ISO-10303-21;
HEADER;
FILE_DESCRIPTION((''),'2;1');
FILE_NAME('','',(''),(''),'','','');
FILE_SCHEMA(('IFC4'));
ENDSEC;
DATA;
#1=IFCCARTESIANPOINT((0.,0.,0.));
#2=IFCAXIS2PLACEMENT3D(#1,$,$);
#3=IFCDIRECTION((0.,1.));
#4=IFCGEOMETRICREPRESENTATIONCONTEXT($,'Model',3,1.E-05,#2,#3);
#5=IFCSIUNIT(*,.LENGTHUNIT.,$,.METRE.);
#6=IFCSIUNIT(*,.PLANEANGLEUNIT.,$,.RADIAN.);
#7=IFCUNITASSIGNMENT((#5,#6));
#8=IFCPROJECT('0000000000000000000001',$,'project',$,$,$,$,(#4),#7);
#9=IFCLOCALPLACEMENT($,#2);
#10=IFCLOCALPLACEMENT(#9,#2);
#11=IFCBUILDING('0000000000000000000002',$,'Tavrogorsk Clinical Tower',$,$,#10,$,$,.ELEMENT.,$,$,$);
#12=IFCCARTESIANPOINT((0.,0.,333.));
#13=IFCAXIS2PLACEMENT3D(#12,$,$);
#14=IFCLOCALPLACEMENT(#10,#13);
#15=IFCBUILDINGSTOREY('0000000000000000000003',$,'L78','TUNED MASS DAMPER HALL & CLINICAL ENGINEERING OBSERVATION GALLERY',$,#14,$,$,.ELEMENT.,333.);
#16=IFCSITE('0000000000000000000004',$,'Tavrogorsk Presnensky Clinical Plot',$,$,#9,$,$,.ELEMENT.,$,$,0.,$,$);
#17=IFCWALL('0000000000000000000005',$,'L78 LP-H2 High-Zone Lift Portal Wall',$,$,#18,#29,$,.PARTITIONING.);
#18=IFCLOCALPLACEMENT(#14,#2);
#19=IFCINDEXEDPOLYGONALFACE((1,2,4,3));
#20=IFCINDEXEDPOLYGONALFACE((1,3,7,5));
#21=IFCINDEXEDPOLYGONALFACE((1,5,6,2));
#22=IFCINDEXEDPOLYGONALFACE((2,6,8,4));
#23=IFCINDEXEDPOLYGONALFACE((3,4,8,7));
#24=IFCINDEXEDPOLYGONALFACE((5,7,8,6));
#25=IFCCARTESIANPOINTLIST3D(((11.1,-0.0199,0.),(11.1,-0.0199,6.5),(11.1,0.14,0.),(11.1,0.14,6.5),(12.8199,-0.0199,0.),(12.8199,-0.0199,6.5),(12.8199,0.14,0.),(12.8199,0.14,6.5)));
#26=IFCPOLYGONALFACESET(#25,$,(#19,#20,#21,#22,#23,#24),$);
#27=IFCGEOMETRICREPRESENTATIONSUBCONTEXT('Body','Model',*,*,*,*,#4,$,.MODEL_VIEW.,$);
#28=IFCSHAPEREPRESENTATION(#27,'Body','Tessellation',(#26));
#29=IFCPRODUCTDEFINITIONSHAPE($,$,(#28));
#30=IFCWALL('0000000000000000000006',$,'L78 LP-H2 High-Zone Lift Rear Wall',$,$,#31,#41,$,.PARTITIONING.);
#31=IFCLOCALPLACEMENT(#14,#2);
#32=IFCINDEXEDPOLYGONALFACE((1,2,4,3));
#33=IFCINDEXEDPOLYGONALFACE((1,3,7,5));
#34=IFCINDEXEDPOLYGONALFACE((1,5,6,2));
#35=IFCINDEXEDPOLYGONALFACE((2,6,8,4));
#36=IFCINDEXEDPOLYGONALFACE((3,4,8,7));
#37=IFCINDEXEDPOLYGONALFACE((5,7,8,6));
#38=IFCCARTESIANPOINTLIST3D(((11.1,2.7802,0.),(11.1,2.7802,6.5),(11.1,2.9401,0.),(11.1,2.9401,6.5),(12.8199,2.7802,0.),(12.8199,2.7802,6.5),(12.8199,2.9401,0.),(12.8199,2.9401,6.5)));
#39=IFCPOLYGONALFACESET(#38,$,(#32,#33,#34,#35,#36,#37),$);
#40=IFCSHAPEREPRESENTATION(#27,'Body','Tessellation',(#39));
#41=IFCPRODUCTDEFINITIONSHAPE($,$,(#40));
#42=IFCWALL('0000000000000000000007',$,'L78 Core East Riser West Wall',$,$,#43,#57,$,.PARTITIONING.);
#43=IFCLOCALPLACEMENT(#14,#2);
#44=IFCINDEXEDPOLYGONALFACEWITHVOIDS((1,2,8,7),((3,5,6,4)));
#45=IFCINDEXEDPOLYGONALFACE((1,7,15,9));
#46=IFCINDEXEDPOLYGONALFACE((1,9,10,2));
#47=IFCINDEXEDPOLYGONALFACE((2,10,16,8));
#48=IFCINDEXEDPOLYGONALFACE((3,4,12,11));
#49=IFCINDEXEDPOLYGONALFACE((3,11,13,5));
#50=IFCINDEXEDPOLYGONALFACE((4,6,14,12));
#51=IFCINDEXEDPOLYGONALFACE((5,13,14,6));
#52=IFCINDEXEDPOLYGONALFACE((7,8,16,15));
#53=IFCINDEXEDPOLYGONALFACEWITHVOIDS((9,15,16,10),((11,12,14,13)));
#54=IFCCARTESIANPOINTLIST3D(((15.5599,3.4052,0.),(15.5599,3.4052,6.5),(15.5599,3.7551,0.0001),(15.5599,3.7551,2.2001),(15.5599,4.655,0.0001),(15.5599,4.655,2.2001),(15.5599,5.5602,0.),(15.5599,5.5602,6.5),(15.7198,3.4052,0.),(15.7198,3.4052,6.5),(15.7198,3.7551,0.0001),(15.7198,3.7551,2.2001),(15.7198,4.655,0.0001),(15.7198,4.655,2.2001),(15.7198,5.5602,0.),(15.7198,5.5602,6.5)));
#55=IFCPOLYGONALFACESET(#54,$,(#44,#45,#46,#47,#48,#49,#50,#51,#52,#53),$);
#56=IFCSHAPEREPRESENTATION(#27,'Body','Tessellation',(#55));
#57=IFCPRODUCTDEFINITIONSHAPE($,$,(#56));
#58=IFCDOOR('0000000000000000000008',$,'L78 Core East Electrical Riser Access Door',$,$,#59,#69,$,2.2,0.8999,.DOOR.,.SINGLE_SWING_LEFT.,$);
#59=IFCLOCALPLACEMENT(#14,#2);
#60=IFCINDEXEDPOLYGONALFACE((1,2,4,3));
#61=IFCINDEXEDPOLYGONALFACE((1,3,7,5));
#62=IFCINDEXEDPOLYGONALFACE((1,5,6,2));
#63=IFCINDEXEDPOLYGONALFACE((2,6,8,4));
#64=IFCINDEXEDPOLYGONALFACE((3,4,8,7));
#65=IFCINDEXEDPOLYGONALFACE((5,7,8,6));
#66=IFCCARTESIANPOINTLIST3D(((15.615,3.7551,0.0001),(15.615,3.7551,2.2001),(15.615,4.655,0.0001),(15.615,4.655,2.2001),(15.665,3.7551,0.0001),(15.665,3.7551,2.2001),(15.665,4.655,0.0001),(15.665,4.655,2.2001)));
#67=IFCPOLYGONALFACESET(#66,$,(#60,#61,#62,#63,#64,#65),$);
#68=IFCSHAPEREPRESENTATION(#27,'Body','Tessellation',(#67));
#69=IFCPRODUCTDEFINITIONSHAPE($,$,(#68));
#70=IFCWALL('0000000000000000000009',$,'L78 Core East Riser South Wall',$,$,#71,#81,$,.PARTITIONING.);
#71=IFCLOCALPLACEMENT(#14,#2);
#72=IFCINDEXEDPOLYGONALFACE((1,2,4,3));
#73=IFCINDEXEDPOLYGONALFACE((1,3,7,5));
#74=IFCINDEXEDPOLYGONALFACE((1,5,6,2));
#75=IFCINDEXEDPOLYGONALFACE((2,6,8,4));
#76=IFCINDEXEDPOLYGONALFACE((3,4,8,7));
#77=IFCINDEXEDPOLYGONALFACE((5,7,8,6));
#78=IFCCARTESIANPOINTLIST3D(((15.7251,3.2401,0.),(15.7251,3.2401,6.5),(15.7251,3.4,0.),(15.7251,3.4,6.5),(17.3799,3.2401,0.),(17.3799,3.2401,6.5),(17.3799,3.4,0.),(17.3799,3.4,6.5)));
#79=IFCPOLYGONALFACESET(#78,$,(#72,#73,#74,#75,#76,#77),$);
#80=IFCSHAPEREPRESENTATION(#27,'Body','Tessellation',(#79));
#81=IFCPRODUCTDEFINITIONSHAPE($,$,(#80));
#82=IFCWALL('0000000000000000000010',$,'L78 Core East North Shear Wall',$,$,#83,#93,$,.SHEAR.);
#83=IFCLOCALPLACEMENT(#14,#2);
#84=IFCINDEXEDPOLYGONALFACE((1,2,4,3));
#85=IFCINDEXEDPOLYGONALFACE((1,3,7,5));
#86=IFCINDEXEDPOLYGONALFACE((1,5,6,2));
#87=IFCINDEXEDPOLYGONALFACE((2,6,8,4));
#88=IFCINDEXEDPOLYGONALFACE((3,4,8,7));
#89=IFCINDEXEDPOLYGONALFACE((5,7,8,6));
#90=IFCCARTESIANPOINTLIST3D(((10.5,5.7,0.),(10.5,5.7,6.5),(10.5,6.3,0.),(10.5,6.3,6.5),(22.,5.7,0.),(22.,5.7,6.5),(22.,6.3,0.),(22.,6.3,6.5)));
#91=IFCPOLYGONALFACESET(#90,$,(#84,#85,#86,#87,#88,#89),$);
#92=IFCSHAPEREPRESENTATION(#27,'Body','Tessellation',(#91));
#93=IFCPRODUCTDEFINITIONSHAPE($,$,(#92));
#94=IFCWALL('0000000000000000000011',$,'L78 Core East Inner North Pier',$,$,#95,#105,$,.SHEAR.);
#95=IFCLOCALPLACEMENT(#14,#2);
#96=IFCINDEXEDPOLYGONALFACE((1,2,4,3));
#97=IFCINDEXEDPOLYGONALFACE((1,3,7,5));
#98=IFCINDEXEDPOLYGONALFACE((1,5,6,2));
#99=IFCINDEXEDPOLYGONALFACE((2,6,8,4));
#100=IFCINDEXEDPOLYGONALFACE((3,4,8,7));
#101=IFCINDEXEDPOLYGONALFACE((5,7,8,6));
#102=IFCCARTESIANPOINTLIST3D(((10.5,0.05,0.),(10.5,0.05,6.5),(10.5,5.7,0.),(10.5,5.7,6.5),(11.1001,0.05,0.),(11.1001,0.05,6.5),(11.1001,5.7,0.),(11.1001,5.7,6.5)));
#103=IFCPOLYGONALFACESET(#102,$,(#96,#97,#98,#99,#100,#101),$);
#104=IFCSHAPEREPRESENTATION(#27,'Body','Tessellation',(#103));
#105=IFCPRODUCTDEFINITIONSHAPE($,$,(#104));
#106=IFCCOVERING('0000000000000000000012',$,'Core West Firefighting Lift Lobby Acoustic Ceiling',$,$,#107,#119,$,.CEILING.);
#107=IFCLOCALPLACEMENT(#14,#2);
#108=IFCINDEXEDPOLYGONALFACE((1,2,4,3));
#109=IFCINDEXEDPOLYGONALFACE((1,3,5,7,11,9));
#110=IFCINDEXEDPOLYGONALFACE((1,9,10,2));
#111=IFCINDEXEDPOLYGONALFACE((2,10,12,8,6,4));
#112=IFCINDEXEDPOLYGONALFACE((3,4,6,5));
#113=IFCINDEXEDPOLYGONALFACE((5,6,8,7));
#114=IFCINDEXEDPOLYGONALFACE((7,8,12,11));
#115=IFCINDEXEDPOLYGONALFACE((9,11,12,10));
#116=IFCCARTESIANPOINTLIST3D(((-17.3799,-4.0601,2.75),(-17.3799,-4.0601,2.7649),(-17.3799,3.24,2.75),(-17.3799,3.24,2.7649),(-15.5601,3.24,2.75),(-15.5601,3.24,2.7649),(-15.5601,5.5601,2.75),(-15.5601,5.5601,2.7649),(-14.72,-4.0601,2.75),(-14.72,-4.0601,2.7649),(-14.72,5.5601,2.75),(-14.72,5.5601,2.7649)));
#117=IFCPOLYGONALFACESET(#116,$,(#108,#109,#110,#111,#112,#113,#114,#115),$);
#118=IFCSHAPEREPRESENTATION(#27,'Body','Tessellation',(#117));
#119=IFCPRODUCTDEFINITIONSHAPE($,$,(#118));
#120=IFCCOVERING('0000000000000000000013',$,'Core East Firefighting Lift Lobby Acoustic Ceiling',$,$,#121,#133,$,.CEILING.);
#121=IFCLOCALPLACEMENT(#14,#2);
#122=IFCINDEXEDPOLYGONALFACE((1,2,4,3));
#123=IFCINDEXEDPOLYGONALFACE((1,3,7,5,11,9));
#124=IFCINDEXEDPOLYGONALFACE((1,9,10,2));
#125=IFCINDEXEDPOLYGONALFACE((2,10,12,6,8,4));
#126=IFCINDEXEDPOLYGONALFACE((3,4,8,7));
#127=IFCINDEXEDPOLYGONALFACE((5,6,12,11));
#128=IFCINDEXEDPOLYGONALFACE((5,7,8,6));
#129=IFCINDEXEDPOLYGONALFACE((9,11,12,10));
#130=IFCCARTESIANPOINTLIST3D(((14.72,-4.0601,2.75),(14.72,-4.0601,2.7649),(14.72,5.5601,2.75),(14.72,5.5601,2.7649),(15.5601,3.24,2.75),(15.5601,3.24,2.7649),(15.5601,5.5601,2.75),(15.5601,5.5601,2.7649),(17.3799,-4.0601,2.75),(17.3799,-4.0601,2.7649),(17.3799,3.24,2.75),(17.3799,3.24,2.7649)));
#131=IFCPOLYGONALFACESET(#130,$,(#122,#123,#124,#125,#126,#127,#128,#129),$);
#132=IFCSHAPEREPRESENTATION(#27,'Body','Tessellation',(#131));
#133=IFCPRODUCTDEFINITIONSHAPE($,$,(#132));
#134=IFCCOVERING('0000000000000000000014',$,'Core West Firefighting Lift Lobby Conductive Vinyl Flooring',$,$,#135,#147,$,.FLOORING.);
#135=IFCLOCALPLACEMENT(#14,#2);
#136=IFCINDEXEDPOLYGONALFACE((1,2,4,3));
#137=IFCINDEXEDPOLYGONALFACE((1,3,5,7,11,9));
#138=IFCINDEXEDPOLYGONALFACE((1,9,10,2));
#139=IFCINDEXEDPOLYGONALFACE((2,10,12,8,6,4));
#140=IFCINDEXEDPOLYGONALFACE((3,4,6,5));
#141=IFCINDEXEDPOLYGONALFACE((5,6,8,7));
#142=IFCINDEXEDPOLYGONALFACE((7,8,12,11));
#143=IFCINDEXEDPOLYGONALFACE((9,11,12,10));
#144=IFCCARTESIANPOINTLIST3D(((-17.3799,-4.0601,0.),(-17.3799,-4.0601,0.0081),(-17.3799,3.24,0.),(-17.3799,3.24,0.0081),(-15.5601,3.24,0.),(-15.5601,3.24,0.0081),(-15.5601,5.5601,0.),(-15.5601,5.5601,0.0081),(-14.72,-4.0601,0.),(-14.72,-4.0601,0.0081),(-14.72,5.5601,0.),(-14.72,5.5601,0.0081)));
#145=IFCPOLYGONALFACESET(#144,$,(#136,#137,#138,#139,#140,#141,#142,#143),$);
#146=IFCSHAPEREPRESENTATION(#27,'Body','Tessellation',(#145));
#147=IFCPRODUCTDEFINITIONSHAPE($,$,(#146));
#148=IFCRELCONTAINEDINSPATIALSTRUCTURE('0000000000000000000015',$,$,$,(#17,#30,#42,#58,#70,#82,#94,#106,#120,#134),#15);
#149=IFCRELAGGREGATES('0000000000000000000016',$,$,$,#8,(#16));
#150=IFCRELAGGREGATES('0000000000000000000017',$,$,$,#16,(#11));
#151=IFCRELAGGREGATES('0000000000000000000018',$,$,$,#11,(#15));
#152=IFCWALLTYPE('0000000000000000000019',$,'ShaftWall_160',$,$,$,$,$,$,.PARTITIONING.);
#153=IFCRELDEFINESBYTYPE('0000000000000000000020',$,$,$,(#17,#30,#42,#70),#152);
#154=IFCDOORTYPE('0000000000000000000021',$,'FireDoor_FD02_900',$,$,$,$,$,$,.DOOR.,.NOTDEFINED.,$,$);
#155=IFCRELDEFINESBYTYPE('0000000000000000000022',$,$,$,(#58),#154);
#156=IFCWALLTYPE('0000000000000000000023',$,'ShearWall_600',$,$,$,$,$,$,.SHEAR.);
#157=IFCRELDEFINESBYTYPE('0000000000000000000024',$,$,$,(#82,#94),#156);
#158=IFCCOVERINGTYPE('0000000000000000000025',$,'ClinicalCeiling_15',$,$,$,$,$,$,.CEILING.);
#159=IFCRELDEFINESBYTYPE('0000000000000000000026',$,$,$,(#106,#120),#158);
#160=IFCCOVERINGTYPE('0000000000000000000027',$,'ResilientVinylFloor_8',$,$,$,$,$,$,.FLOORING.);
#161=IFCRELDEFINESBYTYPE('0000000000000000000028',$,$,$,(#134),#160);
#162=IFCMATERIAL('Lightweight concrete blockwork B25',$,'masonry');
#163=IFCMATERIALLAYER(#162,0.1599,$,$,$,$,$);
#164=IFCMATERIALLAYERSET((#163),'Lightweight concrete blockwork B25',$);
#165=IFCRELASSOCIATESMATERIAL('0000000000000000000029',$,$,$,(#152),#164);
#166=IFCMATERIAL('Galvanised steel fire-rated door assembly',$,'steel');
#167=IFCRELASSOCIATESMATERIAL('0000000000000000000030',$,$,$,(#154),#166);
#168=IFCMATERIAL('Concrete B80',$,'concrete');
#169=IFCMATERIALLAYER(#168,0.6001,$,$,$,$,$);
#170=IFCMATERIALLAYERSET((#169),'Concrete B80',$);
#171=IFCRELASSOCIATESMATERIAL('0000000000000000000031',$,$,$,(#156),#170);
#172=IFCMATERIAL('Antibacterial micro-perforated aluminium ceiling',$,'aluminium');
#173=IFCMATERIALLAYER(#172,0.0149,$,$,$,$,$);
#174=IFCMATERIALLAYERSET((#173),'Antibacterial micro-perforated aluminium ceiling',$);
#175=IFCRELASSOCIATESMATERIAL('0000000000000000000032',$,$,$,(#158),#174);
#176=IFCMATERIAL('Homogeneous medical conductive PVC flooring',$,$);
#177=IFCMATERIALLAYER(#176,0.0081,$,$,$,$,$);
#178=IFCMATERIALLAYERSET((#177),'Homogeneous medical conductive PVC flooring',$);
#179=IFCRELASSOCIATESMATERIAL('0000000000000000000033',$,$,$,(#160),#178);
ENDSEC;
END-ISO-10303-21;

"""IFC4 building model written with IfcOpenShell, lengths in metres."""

from ifc_helpers import new_model, si_unit, direction, frame, frame_2d, origin, place, context, subcontext, project, spatial, polyline, rectangle, outline, extrude, material, layer, layer_set, type_object, element, fill, save


model = new_model("IFC4")

# Units and contexts
model_context = context("Model", 3, precision=1e-05, world=origin(), true_north=direction((0.0, 1.0)))
body_context = subcontext(model_context, "Body", "Model", "MODEL_VIEW")
ifc_project = project(units=[si_unit("LENGTHUNIT", "METRE"), si_unit("PLANEANGLEUNIT", "RADIAN")], contexts=[model_context])

# Site, building, storey
site_placement = place(None, origin())
site = spatial("IfcSite", under=ifc_project, at=site_placement, Name="Tavrogorsk Presnensky Clinical Plot", CompositionType="ELEMENT", RefElevation=0.0)
building_placement = place(site_placement, origin())
building = spatial("IfcBuilding", under=site, at=building_placement, Name="Tavrogorsk Clinical Tower", CompositionType="ELEMENT")
storey_placement = place(building_placement, frame((0.0, 0.0, 333.0)))
storey = spatial("IfcBuildingStorey", under=building, at=storey_placement, Name="L78", Description="TUNED MASS DAMPER HALL & CLINICAL ENGINEERING OBSERVATION GALLERY", CompositionType="ELEMENT", Elevation=333.0)

# Shared definitions
ifc_material_1 = material(Name="Lightweight concrete blockwork B25", Category="masonry")
ifc_layer_1 = layer(ifc_material_1, 0.1599)
ifc_layer_set_1 = layer_set([ifc_layer_1], Name="Lightweight concrete blockwork B25")
wall_type_1 = type_object("IfcWallType", Name="ShaftWall_160", PredefinedType="PARTITIONING", material=ifc_layer_set_1)

# Walls
for number, where, z_axis, x_axis, name in (
    (1, (11.1001, 0.0601, 0.0), (0.0, 0.0, 1.0), (1.0, 0.0, 0.0), "L78 LP-H2 High-Zone Lift Portal Wall"),
    (2, (11.1001, 2.8601, 0.0), (0.0, 0.0, 1.0), (1.0, 0.0, 0.0), "L78 LP-H2 High-Zone Lift Rear Wall"),
):
    element("IfcWall", number, at=place(storey_placement, frame(where, z_axis=z_axis, x_axis=x_axis)), inside=storey, type_object=wall_type_1, Name=name, PredefinedType="PARTITIONING", context=body_context, shape_type="SweptSolid", body=[
        extrude(rectangle(XDim=1.72, YDim=0.1599, at=frame_2d((0.8599, 0.0))), origin(), (0.0, 0.0, 1.0), 6.5),
    ])

# Wall, opening, door
wall_1_placement = place(storey_placement, frame((15.6399, 3.405, 0.0), z_axis=(0.0, 0.0, 1.0), x_axis=(0.0, 1.0, 0.0)))
wall_1 = element("IfcWall", 3, at=wall_1_placement, inside=storey, type_object=wall_type_1, Name="L78 Core East Riser West Wall", PredefinedType="PARTITIONING", context=body_context, shape_type="SweptSolid", body=[
    extrude(rectangle(XDim=2.155, YDim=0.1599, at=frame_2d((1.0776, 0.0))), origin(), (0.0, 0.0, 1.0), 6.5),
])
opening_1_placement = place(wall_1_placement, frame((0.3501, 0.0, 0.0)))
opening_1 = element("IfcOpeningElement", 4, at=opening_1_placement, cuts=wall_1, PredefinedType="OPENING", context=body_context, shape_type="SweptSolid", body=[
    extrude(rectangle(XDim=0.8999, YDim=2.2, at=frame_2d((0.45, 1.1001))), frame((0.0, 0.0898, 0.0), z_axis=(0.0, -1.0, 0.0), x_axis=(1.0, 0.0, 0.0)), (0.0, 0.0, 1.0), 0.1799),
])
ifc_material_2 = material(Name="Galvanised steel fire-rated door assembly", Category="steel")
door_type_1 = type_object("IfcDoorType", Name="FireDoor_FD02_900", OperationType="NOTDEFINED", PredefinedType="DOOR", material=ifc_material_2)
door_1_placement = place(opening_1_placement, origin())
door_1 = element("IfcDoor", 5, at=door_1_placement, inside=storey, type_object=door_type_1, Name="L78 Core East Electrical Riser Access Door", OperationType="SINGLE_SWING_LEFT", OverallHeight=2.2, OverallWidth=0.8999, PredefinedType="DOOR", context=body_context, shape_type="SweptSolid", body=[
    extrude(rectangle(XDim=0.8999, YDim=2.2, at=frame_2d((0.45, 1.1001))), frame((0.0, 0.0249, 0.0), z_axis=(0.0, -1.0, 0.0), x_axis=(1.0, 0.0, 0.0)), (0.0, 0.0, 1.0), 0.05),
])
fill(opening_1, door_1)

# Walls
wall_2_placement = place(storey_placement, frame((15.7251, 3.3201, 0.0), z_axis=(0.0, 0.0, 1.0), x_axis=(1.0, 0.0, 0.0)))
element("IfcWall", 6, at=wall_2_placement, inside=storey, type_object=wall_type_1, Name="L78 Core East Riser South Wall", PredefinedType="PARTITIONING", context=body_context, shape_type="SweptSolid", body=[
    extrude(rectangle(XDim=1.6548, YDim=0.1599, at=frame_2d((0.8274, 0.0))), origin(), (0.0, 0.0, 1.0), 6.5),
])
ifc_material_3 = material(Name="Concrete B80", Category="concrete")
ifc_layer_2 = layer(ifc_material_3, 0.6001)
ifc_layer_set_2 = layer_set([ifc_layer_2], Name="Concrete B80")
wall_type_2 = type_object("IfcWallType", Name="ShearWall_600", PredefinedType="SHEAR", material=ifc_layer_set_2)
wall_3_placement = place(storey_placement, frame((10.5, 6.0, 0.0), z_axis=(0.0, 0.0, 1.0), x_axis=(1.0, 0.0, 0.0)))
element("IfcWall", 7, at=wall_3_placement, inside=storey, type_object=wall_type_2, Name="L78 Core East North Shear Wall", PredefinedType="SHEAR", context=body_context, shape_type="SweptSolid", body=[
    extrude(rectangle(XDim=11.5, YDim=0.6001, at=frame_2d((5.75, 0.0))), origin(), (0.0, 0.0, 1.0), 6.5),
])
wall_4_placement = place(storey_placement, frame((10.8, 0.05, 0.0), z_axis=(0.0, 0.0, 1.0), x_axis=(0.0, 1.0, 0.0)))
element("IfcWall", 8, at=wall_4_placement, inside=storey, type_object=wall_type_2, Name="L78 Core East Inner North Pier", PredefinedType="SHEAR", context=body_context, shape_type="SweptSolid", body=[
    extrude(rectangle(XDim=5.6499, YDim=0.6001, at=frame_2d((2.825, 0.0))), origin(), (0.0, 0.0, 1.0), 6.5),
])

# Coverings
ifc_material_4 = material(Name="Antibacterial micro-perforated aluminium ceiling", Category="aluminium")
ifc_layer_3 = layer(ifc_material_4, 0.0149)
ifc_layer_set_3 = layer_set([ifc_layer_3], Name="Antibacterial micro-perforated aluminium ceiling")
covering_type_1 = type_object("IfcCoveringType", Name="ClinicalCeiling_15", PredefinedType="CEILING", material=ifc_layer_set_3)
covering_1_placement = place(storey_placement, frame((0.0, 0.0, 2.75)))
element("IfcCovering", 9, at=covering_1_placement, inside=storey, type_object=covering_type_1, Name="Core West Firefighting Lift Lobby Acoustic Ceiling", PredefinedType="CEILING", context=body_context, shape_type="SweptSolid", body=[
    extrude(outline(polyline([(-14.72, 5.5601), (-14.72, -4.0601), (-17.3799, -4.0601), (-17.3799, 3.24), (-15.5601, 3.24), (-15.5601, 5.5601), (-14.72, 5.5601)])), origin(), (0.0, 0.0, 1.0), 0.0149),
])
covering_2_placement = place(storey_placement, frame((0.0, 0.0, 2.75)))
element("IfcCovering", 10, at=covering_2_placement, inside=storey, type_object=covering_type_1, Name="Core East Firefighting Lift Lobby Acoustic Ceiling", PredefinedType="CEILING", context=body_context, shape_type="SweptSolid", body=[
    extrude(outline(polyline([(17.3799, -4.0601), (14.72, -4.0601), (14.72, 5.5601), (15.5601, 5.5601), (15.5601, 3.24), (17.3799, 3.24), (17.3799, -4.0601)])), origin(), (0.0, 0.0, 1.0), 0.0149),
])
ifc_material_5 = material(Name="Homogeneous medical conductive PVC flooring")
ifc_layer_4 = layer(ifc_material_5, 0.0081)
ifc_layer_set_4 = layer_set([ifc_layer_4], Name="Homogeneous medical conductive PVC flooring")
covering_type_2 = type_object("IfcCoveringType", Name="ResilientVinylFloor_8", PredefinedType="FLOORING", material=ifc_layer_set_4)
covering_3_placement = place(storey_placement, origin())
element("IfcCovering", 11, at=covering_3_placement, inside=storey, type_object=covering_type_2, Name="Core West Firefighting Lift Lobby Conductive Vinyl Flooring", PredefinedType="FLOORING", context=body_context, shape_type="SweptSolid", body=[
    extrude(outline(polyline([(-14.72, 5.5601), (-14.72, -4.0601), (-17.3799, -4.0601), (-17.3799, 3.24), (-15.5601, 3.24), (-15.5601, 5.5601), (-14.72, 5.5601)])), origin(), (0.0, 0.0, 1.0), 0.0081),
])

save(model, "model.ifc")
